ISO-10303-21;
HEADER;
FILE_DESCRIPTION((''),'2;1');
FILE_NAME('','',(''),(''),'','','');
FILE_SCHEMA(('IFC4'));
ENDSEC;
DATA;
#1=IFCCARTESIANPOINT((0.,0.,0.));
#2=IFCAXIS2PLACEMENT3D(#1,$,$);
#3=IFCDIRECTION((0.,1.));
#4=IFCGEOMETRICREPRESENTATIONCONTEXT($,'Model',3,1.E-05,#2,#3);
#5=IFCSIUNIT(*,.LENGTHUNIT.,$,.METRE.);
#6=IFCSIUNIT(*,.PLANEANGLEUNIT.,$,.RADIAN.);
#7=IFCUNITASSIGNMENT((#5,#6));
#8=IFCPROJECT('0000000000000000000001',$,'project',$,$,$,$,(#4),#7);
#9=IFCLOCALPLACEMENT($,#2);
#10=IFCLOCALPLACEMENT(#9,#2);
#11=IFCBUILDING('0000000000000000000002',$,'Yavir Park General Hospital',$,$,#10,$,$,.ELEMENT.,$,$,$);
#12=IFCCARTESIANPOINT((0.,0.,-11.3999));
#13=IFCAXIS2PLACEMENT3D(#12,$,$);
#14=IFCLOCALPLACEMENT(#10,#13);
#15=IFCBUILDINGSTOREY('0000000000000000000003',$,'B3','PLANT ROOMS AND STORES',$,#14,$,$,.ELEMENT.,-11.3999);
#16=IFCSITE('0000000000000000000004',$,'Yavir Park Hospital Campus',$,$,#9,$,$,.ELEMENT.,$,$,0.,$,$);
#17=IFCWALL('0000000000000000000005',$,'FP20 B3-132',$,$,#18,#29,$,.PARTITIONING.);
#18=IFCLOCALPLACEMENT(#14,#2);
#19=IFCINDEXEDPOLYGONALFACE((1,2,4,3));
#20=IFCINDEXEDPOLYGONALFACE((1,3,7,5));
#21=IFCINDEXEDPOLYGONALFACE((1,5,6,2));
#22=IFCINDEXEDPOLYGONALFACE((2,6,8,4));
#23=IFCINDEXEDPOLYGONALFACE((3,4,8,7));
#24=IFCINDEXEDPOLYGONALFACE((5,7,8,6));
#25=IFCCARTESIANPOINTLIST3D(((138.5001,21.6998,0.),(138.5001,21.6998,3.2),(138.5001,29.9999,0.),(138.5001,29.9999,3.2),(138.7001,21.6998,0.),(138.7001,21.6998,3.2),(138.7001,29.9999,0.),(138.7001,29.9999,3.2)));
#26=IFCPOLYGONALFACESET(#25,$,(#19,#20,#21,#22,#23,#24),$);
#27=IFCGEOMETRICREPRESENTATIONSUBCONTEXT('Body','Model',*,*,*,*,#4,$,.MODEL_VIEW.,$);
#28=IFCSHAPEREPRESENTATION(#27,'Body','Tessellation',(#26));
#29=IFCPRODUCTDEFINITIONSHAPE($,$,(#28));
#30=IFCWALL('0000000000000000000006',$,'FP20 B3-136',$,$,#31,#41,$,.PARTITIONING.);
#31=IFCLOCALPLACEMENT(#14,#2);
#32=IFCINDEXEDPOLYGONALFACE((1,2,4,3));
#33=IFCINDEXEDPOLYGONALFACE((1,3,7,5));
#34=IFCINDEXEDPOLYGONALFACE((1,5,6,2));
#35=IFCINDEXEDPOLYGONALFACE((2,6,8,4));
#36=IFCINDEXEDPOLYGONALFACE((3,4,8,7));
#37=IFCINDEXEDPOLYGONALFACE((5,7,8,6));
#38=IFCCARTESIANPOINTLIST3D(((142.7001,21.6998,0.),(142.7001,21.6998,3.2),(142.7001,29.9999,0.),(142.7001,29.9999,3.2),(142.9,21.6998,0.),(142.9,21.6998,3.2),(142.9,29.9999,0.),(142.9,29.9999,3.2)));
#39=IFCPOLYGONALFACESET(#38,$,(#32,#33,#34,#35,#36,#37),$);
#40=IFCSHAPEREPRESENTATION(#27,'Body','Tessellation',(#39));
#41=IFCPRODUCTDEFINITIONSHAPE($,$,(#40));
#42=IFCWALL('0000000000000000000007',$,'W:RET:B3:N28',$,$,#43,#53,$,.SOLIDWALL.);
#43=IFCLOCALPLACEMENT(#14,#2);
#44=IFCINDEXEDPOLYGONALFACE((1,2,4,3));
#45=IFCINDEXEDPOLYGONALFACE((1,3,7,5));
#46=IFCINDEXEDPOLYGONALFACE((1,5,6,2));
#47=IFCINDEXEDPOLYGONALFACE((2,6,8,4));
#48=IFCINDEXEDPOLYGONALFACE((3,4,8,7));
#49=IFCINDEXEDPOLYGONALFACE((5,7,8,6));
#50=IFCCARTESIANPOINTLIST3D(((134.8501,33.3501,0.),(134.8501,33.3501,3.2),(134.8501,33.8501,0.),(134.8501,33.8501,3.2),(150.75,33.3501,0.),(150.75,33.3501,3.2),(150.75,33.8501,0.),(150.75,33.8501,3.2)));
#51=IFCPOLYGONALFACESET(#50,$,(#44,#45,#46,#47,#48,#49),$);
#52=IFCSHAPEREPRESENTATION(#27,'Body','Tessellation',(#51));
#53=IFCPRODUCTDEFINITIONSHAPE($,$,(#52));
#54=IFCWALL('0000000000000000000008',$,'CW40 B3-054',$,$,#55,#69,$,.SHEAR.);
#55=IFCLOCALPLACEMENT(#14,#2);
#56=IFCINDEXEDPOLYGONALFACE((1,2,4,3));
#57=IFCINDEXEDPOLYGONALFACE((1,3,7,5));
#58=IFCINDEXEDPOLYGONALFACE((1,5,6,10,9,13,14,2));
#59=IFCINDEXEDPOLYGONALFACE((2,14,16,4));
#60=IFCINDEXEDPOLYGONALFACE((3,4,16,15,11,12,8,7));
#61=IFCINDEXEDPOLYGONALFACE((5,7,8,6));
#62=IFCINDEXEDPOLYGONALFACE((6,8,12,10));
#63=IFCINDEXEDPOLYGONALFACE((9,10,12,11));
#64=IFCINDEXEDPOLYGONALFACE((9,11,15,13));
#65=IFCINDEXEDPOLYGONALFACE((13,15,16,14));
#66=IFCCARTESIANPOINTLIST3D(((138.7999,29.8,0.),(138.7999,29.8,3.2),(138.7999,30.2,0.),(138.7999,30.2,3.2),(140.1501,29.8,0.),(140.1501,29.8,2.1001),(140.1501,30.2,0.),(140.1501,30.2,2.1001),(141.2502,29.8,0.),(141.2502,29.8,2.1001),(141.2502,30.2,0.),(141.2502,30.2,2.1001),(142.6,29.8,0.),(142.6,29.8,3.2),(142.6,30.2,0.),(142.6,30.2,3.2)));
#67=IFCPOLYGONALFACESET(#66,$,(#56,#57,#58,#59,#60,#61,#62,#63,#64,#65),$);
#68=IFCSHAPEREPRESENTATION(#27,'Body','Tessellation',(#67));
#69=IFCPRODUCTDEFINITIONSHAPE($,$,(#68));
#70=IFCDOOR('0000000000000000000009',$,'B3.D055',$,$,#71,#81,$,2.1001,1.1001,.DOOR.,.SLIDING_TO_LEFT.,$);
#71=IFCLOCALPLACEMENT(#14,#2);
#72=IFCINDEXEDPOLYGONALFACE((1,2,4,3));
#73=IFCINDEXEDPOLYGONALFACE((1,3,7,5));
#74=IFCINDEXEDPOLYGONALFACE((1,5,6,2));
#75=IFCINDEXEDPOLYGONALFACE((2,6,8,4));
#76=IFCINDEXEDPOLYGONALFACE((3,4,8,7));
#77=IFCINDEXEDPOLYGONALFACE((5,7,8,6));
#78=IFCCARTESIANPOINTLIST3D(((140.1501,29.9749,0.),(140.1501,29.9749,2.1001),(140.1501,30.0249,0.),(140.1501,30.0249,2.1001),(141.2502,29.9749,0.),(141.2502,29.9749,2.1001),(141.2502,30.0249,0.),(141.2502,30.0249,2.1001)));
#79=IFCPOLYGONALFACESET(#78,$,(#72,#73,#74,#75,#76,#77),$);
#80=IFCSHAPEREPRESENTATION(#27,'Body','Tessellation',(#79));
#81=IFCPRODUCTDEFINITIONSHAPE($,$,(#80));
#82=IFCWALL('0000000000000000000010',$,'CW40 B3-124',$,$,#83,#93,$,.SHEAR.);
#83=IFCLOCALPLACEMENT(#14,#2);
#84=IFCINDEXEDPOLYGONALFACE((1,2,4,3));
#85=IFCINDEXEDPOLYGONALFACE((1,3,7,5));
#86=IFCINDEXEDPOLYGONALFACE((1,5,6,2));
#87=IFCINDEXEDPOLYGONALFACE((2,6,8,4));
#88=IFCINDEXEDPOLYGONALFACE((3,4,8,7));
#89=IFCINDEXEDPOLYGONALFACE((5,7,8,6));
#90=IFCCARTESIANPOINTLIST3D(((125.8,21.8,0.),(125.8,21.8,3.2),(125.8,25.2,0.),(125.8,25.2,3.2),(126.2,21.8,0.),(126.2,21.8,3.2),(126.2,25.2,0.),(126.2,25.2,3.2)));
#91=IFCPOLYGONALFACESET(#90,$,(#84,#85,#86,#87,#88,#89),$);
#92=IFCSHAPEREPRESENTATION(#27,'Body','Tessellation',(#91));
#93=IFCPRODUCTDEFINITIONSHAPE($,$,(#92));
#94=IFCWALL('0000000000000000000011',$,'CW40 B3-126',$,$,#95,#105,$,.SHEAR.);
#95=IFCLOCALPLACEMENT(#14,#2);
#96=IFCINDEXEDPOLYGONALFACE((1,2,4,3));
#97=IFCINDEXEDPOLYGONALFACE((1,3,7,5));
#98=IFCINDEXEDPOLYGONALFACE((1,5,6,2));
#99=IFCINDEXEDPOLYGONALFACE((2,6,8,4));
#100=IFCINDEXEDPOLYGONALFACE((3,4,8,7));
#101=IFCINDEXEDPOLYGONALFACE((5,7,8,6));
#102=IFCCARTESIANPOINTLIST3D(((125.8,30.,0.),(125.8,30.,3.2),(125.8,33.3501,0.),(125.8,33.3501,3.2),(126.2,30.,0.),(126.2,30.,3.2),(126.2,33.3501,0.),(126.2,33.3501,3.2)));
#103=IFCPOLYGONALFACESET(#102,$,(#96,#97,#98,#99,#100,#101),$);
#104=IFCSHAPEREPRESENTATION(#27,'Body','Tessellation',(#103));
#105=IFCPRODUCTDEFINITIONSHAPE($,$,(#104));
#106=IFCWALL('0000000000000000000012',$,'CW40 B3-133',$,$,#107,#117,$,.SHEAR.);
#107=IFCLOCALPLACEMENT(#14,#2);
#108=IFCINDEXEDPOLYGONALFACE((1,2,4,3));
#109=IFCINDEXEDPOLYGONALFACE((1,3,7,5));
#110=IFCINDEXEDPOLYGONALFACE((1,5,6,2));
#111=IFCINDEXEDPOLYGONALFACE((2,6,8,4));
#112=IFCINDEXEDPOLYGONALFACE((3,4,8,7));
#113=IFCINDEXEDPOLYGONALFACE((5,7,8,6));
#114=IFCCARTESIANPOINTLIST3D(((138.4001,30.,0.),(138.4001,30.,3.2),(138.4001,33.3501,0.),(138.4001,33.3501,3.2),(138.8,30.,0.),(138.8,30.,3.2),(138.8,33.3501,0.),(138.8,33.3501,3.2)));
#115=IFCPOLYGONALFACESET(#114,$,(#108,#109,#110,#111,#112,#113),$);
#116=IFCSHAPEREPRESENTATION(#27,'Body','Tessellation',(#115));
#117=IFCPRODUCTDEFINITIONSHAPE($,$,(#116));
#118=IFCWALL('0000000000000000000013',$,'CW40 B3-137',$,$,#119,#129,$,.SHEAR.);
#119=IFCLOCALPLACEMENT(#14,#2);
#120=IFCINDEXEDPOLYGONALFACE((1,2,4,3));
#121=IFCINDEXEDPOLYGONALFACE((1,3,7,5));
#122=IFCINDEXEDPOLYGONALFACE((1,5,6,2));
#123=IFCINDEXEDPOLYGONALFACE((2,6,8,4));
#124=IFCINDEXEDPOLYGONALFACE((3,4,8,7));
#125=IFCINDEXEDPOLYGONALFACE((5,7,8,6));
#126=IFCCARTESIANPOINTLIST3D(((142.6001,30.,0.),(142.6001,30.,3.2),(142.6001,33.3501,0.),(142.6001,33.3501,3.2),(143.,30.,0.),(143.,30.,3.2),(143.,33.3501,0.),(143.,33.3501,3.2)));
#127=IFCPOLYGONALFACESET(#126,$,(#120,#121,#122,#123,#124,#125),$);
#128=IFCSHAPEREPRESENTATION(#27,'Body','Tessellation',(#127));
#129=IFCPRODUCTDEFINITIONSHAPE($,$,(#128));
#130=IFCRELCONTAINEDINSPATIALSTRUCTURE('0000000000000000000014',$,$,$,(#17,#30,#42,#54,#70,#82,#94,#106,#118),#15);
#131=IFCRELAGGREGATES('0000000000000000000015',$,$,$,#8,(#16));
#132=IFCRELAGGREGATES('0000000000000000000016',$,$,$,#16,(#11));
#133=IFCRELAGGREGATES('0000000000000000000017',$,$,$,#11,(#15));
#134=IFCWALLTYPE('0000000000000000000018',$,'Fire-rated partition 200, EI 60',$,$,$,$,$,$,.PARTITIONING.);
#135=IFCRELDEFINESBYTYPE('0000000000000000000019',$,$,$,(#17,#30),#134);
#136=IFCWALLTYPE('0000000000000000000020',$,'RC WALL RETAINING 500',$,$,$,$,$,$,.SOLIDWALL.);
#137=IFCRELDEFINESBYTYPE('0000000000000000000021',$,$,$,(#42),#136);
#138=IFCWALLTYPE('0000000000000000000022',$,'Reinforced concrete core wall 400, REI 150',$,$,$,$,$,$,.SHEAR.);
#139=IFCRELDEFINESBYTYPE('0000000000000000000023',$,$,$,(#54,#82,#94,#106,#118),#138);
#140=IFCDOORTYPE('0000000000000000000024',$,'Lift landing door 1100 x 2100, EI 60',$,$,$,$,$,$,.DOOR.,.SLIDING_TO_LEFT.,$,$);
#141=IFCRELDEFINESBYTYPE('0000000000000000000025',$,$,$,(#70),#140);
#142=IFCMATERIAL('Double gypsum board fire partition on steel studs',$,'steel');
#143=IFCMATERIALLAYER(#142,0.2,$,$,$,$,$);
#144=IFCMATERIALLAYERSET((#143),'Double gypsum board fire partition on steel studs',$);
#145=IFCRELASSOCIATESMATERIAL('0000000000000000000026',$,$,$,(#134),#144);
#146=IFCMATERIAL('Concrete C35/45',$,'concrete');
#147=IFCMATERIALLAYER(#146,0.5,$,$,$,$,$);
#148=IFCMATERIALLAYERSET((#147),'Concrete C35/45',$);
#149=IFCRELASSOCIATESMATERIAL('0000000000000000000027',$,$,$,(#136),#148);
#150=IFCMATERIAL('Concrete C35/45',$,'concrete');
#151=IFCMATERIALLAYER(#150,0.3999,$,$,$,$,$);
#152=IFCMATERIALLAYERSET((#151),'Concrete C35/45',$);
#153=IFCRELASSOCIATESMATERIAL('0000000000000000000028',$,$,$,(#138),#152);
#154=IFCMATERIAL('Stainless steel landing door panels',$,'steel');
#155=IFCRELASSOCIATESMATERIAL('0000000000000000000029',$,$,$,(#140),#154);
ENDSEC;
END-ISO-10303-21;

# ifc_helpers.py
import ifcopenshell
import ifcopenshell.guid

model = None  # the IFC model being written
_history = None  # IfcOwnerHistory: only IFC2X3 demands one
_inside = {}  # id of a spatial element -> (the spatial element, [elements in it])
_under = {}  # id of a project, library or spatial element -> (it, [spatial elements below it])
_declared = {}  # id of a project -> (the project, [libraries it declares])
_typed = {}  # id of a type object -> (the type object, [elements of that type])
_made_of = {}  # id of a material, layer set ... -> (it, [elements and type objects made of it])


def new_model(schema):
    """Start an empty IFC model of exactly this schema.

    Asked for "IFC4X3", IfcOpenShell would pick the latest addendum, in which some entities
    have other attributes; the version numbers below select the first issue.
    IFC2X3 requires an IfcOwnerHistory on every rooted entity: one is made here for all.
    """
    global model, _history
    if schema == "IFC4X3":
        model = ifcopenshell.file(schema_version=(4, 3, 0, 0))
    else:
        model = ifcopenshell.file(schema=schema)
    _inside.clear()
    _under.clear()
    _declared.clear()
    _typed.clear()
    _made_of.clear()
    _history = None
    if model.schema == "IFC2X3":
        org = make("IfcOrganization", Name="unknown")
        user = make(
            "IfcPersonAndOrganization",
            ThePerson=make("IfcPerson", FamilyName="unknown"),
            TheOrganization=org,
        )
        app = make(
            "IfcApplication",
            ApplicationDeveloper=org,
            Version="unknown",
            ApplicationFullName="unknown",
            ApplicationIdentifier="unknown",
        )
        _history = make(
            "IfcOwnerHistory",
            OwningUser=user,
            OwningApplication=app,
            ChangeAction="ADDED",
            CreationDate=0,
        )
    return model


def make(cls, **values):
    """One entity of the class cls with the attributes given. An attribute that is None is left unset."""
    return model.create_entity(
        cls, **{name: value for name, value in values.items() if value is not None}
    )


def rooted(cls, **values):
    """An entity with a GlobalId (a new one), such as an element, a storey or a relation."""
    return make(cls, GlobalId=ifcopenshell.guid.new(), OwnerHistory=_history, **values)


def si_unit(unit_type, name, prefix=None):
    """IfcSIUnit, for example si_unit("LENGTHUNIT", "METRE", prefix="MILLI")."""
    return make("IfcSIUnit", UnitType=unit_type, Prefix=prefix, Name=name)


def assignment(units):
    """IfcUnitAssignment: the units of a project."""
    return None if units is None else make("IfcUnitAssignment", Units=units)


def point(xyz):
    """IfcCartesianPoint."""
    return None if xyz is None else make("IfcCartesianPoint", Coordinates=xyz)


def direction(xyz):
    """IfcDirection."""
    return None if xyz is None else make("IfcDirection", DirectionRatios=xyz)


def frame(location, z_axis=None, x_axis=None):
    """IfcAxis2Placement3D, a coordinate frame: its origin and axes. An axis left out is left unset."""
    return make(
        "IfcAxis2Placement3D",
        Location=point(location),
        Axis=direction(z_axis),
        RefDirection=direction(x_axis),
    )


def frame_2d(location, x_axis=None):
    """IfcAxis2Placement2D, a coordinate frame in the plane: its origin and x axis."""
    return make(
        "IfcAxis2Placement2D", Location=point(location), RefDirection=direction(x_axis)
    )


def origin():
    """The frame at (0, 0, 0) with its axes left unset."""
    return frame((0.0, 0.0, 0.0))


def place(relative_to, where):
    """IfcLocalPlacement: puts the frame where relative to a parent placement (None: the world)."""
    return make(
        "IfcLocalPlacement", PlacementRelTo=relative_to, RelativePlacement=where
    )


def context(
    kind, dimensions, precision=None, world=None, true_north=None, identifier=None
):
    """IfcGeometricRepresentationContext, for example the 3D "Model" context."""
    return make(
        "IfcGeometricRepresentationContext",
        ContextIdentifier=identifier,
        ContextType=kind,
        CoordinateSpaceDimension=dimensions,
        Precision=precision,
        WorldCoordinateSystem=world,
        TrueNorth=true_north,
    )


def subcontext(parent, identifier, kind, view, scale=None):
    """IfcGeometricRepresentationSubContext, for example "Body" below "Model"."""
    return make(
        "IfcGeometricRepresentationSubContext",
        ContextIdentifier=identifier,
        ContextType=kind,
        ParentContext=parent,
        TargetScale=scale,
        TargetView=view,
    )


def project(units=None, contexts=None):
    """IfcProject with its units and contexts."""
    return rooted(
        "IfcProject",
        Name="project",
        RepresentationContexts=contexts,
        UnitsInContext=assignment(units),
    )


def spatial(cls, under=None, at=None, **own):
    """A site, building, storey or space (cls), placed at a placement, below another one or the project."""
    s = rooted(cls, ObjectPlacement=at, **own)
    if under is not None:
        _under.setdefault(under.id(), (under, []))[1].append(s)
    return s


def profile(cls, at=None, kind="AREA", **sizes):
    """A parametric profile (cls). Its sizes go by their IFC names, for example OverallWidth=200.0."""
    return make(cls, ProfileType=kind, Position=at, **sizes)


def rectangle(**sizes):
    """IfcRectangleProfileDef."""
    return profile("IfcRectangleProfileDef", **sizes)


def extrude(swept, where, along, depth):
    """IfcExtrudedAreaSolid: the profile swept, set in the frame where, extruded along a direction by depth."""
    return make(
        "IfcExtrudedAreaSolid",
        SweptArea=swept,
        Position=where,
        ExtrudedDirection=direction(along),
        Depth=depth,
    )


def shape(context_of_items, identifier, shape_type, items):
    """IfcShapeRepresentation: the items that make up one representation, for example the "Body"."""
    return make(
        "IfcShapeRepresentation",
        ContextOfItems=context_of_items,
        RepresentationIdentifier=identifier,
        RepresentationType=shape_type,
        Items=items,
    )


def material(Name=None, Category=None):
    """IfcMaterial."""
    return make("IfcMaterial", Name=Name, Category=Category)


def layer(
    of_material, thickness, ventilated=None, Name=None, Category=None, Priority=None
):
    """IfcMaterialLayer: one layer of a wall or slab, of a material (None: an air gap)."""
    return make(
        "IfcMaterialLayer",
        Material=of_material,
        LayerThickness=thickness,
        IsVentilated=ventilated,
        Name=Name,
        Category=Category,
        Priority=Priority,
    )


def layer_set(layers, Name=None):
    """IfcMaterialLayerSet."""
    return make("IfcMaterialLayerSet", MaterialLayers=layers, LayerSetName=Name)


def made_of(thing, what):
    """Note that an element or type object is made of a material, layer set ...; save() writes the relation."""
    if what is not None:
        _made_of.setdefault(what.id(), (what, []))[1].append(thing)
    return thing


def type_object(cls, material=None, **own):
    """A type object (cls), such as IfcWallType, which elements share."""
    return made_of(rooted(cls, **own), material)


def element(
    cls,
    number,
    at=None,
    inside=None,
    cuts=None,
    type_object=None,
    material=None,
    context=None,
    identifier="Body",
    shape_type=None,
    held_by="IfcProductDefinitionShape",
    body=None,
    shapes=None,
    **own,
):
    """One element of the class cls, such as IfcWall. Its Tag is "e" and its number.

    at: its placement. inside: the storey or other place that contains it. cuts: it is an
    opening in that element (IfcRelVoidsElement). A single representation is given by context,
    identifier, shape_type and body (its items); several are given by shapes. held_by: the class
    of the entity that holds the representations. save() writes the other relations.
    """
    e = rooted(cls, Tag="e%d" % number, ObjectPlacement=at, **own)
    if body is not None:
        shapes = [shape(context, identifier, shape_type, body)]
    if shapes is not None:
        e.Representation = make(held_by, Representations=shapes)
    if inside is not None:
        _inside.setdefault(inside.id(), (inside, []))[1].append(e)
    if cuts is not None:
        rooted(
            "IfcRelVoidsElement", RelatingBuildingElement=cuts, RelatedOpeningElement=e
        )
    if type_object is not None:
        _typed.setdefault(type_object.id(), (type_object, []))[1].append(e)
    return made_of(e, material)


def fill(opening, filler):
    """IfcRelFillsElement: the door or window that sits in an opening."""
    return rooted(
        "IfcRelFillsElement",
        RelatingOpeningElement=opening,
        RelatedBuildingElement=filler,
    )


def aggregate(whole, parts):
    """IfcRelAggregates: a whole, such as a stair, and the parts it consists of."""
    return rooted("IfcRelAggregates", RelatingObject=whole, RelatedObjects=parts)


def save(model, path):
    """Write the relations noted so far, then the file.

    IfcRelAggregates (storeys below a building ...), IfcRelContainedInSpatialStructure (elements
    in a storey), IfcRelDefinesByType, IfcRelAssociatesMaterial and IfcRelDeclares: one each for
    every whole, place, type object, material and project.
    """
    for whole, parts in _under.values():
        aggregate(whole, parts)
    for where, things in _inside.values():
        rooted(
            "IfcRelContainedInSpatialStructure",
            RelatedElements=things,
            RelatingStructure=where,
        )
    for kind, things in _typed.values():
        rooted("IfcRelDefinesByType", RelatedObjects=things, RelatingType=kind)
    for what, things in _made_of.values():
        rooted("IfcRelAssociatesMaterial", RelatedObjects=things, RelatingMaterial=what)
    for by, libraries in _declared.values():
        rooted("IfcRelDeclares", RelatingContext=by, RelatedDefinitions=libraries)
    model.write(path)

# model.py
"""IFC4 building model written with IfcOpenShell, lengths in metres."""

from ifc_helpers import new_model, si_unit, direction, frame, frame_2d, origin, place, context, subcontext, project, spatial, rectangle, extrude, material, layer, layer_set, type_object, element, fill, save


model = new_model("IFC4")

# Units and contexts
model_context = context("Model", 3, precision=1e-05, world=origin(), true_north=direction((0.0, 1.0)))
body_context = subcontext(model_context, "Body", "Model", "MODEL_VIEW")
ifc_project = project(units=[si_unit("LENGTHUNIT", "METRE"), si_unit("PLANEANGLEUNIT", "RADIAN")], contexts=[model_context])

# Site, building, storey
site_placement = place(None, origin())
site = spatial("IfcSite", under=ifc_project, at=site_placement, Name="Yavir Park Hospital Campus", CompositionType="ELEMENT", RefElevation=0.0)
building_placement = place(site_placement, origin())
building = spatial("IfcBuilding", under=site, at=building_placement, Name="Yavir Park General Hospital", CompositionType="ELEMENT")
storey_placement = place(building_placement, frame((0.0, 0.0, -11.3999)))
storey = spatial("IfcBuildingStorey", under=building, at=storey_placement, Name="B3", Description="PLANT ROOMS AND STORES", CompositionType="ELEMENT", Elevation=-11.3999)

# Shared definitions
ifc_material_1 = material(Name="Double gypsum board fire partition on steel studs", Category="steel")
ifc_layer_1 = layer(ifc_material_1, 0.2)
ifc_layer_set_1 = layer_set([ifc_layer_1], Name="Double gypsum board fire partition on steel studs")
wall_type_1 = type_object("IfcWallType", Name="Fire-rated partition 200, EI 60", PredefinedType="PARTITIONING", material=ifc_layer_set_1)

# Walls
for number, where, z_axis, x_axis, name in (
    (1, (138.6001, 21.7, 0.0), (0.0, 0.0, 1.0), (0.0, 1.0, 0.0), "FP20 B3-132"),
    (2, (142.8, 21.7, 0.0), (0.0, 0.0, 1.0), (0.0, 1.0, 0.0), "FP20 B3-136"),
):
    element("IfcWall", number, at=place(storey_placement, frame(where, z_axis=z_axis, x_axis=x_axis)), inside=storey, type_object=wall_type_1, Name=name, PredefinedType="PARTITIONING", context=body_context, shape_type="SweptSolid", body=[
        extrude(rectangle(XDim=8.3, YDim=0.2, at=frame_2d((4.1499, 0.0))), origin(), (0.0, 0.0, 1.0), 3.2),
    ])
ifc_material_2 = material(Name="Concrete C35/45", Category="concrete")
ifc_layer_2 = layer(ifc_material_2, 0.5)
ifc_layer_set_2 = layer_set([ifc_layer_2], Name="Concrete C35/45")
wall_type_2 = type_object("IfcWallType", Name="RC WALL RETAINING 500", PredefinedType="SOLIDWALL", material=ifc_layer_set_2)
wall_1_placement = place(storey_placement, frame((134.8501, 33.6001, 0.0), z_axis=(0.0, 0.0, 1.0), x_axis=(1.0, 0.0, 0.0)))
element("IfcWall", 3, at=wall_1_placement, inside=storey, type_object=wall_type_2, Name="W:RET:B3:N28", PredefinedType="SOLIDWALL", context=body_context, shape_type="SweptSolid", body=[
    extrude(rectangle(XDim=15.8999, YDim=0.5, at=frame_2d((7.95, 0.0))), origin(), (0.0, 0.0, 1.0), 3.2),
])

# Wall, opening, door
ifc_material_3 = material(Name="Concrete C35/45", Category="concrete")
ifc_layer_3 = layer(ifc_material_3, 0.3999)
ifc_layer_set_3 = layer_set([ifc_layer_3], Name="Concrete C35/45")
wall_type_3 = type_object("IfcWallType", Name="Reinforced concrete core wall 400, REI 150", PredefinedType="SHEAR", material=ifc_layer_set_3)
wall_2_placement = place(storey_placement, frame((138.8, 30.0, 0.0), z_axis=(0.0, 0.0, 1.0), x_axis=(1.0, 0.0, 0.0)))
wall_2 = element("IfcWall", 4, at=wall_2_placement, inside=storey, type_object=wall_type_3, Name="CW40 B3-054", PredefinedType="SHEAR", context=body_context, shape_type="SweptSolid", body=[
    extrude(rectangle(XDim=3.8, YDim=0.3999, at=frame_2d((1.8999, 0.0))), origin(), (0.0, 0.0, 1.0), 3.2),
])
opening_1_placement = place(wall_2_placement, frame((1.3501, 0.0, 0.0)))
opening_1 = element("IfcOpeningElement", 5, at=opening_1_placement, cuts=wall_2, PredefinedType="OPENING", context=body_context, shape_type="SweptSolid", body=[
    extrude(rectangle(XDim=1.1001, YDim=2.1001, at=frame_2d((0.55, 1.05))), frame((0.0, 0.21, 0.0), z_axis=(0.0, -1.0, 0.0), x_axis=(1.0, 0.0, 0.0)), (0.0, 0.0, 1.0), 0.4199),
])
ifc_material_4 = material(Name="Stainless steel landing door panels", Category="steel")
door_type_1 = type_object("IfcDoorType", Name="Lift landing door 1100 x 2100, EI 60", OperationType="SLIDING_TO_LEFT", PredefinedType="DOOR", material=ifc_material_4)
door_1_placement = place(opening_1_placement, origin())
door_1 = element("IfcDoor", 6, at=door_1_placement, inside=storey, type_object=door_type_1, Name="B3.D055", OperationType="SLIDING_TO_LEFT", OverallHeight=2.1001, OverallWidth=1.1001, PredefinedType="DOOR", context=body_context, shape_type="SweptSolid", body=[
    extrude(rectangle(XDim=1.1001, YDim=2.1001, at=frame_2d((0.55, 1.05))), frame((0.0, 0.0249, 0.0), z_axis=(0.0, -1.0, 0.0), x_axis=(1.0, 0.0, 0.0)), (0.0, 0.0, 1.0), 0.05),
])
fill(opening_1, door_1)

# Walls
wall_3_placement = place(storey_placement, frame((126.0, 21.8, 0.0), z_axis=(0.0, 0.0, 1.0), x_axis=(0.0, 1.0, 0.0)))
element("IfcWall", 7, at=wall_3_placement, inside=storey, type_object=wall_type_3, Name="CW40 B3-124", PredefinedType="SHEAR", context=body_context, shape_type="SweptSolid", body=[
    extrude(rectangle(XDim=3.3999, YDim=0.3999, at=frame_2d((1.7, 0.0))), origin(), (0.0, 0.0, 1.0), 3.2),
])
for number, where, z_axis, x_axis, name in (
    (8, (126.0, 30.0, 0.0), (0.0, 0.0, 1.0), (0.0, 1.0, 0.0), "CW40 B3-126"),
    (9, (138.6001, 30.0, 0.0), (0.0, 0.0, 1.0), (0.0, 1.0, 0.0), "CW40 B3-133"),
    (10, (142.8, 30.0, 0.0), (0.0, 0.0, 1.0), (0.0, 1.0, 0.0), "CW40 B3-137"),
):
    element("IfcWall", number, at=place(storey_placement, frame(where, z_axis=z_axis, x_axis=x_axis)), inside=storey, type_object=wall_type_3, Name=name, PredefinedType="SHEAR", context=body_context, shape_type="SweptSolid", body=[
        extrude(rectangle(XDim=3.3501, YDim=0.3999, at=frame_2d((1.675, 0.0))), origin(), (0.0, 0.0, 1.0), 3.2),
    ])

save(model, "model.ifc")
